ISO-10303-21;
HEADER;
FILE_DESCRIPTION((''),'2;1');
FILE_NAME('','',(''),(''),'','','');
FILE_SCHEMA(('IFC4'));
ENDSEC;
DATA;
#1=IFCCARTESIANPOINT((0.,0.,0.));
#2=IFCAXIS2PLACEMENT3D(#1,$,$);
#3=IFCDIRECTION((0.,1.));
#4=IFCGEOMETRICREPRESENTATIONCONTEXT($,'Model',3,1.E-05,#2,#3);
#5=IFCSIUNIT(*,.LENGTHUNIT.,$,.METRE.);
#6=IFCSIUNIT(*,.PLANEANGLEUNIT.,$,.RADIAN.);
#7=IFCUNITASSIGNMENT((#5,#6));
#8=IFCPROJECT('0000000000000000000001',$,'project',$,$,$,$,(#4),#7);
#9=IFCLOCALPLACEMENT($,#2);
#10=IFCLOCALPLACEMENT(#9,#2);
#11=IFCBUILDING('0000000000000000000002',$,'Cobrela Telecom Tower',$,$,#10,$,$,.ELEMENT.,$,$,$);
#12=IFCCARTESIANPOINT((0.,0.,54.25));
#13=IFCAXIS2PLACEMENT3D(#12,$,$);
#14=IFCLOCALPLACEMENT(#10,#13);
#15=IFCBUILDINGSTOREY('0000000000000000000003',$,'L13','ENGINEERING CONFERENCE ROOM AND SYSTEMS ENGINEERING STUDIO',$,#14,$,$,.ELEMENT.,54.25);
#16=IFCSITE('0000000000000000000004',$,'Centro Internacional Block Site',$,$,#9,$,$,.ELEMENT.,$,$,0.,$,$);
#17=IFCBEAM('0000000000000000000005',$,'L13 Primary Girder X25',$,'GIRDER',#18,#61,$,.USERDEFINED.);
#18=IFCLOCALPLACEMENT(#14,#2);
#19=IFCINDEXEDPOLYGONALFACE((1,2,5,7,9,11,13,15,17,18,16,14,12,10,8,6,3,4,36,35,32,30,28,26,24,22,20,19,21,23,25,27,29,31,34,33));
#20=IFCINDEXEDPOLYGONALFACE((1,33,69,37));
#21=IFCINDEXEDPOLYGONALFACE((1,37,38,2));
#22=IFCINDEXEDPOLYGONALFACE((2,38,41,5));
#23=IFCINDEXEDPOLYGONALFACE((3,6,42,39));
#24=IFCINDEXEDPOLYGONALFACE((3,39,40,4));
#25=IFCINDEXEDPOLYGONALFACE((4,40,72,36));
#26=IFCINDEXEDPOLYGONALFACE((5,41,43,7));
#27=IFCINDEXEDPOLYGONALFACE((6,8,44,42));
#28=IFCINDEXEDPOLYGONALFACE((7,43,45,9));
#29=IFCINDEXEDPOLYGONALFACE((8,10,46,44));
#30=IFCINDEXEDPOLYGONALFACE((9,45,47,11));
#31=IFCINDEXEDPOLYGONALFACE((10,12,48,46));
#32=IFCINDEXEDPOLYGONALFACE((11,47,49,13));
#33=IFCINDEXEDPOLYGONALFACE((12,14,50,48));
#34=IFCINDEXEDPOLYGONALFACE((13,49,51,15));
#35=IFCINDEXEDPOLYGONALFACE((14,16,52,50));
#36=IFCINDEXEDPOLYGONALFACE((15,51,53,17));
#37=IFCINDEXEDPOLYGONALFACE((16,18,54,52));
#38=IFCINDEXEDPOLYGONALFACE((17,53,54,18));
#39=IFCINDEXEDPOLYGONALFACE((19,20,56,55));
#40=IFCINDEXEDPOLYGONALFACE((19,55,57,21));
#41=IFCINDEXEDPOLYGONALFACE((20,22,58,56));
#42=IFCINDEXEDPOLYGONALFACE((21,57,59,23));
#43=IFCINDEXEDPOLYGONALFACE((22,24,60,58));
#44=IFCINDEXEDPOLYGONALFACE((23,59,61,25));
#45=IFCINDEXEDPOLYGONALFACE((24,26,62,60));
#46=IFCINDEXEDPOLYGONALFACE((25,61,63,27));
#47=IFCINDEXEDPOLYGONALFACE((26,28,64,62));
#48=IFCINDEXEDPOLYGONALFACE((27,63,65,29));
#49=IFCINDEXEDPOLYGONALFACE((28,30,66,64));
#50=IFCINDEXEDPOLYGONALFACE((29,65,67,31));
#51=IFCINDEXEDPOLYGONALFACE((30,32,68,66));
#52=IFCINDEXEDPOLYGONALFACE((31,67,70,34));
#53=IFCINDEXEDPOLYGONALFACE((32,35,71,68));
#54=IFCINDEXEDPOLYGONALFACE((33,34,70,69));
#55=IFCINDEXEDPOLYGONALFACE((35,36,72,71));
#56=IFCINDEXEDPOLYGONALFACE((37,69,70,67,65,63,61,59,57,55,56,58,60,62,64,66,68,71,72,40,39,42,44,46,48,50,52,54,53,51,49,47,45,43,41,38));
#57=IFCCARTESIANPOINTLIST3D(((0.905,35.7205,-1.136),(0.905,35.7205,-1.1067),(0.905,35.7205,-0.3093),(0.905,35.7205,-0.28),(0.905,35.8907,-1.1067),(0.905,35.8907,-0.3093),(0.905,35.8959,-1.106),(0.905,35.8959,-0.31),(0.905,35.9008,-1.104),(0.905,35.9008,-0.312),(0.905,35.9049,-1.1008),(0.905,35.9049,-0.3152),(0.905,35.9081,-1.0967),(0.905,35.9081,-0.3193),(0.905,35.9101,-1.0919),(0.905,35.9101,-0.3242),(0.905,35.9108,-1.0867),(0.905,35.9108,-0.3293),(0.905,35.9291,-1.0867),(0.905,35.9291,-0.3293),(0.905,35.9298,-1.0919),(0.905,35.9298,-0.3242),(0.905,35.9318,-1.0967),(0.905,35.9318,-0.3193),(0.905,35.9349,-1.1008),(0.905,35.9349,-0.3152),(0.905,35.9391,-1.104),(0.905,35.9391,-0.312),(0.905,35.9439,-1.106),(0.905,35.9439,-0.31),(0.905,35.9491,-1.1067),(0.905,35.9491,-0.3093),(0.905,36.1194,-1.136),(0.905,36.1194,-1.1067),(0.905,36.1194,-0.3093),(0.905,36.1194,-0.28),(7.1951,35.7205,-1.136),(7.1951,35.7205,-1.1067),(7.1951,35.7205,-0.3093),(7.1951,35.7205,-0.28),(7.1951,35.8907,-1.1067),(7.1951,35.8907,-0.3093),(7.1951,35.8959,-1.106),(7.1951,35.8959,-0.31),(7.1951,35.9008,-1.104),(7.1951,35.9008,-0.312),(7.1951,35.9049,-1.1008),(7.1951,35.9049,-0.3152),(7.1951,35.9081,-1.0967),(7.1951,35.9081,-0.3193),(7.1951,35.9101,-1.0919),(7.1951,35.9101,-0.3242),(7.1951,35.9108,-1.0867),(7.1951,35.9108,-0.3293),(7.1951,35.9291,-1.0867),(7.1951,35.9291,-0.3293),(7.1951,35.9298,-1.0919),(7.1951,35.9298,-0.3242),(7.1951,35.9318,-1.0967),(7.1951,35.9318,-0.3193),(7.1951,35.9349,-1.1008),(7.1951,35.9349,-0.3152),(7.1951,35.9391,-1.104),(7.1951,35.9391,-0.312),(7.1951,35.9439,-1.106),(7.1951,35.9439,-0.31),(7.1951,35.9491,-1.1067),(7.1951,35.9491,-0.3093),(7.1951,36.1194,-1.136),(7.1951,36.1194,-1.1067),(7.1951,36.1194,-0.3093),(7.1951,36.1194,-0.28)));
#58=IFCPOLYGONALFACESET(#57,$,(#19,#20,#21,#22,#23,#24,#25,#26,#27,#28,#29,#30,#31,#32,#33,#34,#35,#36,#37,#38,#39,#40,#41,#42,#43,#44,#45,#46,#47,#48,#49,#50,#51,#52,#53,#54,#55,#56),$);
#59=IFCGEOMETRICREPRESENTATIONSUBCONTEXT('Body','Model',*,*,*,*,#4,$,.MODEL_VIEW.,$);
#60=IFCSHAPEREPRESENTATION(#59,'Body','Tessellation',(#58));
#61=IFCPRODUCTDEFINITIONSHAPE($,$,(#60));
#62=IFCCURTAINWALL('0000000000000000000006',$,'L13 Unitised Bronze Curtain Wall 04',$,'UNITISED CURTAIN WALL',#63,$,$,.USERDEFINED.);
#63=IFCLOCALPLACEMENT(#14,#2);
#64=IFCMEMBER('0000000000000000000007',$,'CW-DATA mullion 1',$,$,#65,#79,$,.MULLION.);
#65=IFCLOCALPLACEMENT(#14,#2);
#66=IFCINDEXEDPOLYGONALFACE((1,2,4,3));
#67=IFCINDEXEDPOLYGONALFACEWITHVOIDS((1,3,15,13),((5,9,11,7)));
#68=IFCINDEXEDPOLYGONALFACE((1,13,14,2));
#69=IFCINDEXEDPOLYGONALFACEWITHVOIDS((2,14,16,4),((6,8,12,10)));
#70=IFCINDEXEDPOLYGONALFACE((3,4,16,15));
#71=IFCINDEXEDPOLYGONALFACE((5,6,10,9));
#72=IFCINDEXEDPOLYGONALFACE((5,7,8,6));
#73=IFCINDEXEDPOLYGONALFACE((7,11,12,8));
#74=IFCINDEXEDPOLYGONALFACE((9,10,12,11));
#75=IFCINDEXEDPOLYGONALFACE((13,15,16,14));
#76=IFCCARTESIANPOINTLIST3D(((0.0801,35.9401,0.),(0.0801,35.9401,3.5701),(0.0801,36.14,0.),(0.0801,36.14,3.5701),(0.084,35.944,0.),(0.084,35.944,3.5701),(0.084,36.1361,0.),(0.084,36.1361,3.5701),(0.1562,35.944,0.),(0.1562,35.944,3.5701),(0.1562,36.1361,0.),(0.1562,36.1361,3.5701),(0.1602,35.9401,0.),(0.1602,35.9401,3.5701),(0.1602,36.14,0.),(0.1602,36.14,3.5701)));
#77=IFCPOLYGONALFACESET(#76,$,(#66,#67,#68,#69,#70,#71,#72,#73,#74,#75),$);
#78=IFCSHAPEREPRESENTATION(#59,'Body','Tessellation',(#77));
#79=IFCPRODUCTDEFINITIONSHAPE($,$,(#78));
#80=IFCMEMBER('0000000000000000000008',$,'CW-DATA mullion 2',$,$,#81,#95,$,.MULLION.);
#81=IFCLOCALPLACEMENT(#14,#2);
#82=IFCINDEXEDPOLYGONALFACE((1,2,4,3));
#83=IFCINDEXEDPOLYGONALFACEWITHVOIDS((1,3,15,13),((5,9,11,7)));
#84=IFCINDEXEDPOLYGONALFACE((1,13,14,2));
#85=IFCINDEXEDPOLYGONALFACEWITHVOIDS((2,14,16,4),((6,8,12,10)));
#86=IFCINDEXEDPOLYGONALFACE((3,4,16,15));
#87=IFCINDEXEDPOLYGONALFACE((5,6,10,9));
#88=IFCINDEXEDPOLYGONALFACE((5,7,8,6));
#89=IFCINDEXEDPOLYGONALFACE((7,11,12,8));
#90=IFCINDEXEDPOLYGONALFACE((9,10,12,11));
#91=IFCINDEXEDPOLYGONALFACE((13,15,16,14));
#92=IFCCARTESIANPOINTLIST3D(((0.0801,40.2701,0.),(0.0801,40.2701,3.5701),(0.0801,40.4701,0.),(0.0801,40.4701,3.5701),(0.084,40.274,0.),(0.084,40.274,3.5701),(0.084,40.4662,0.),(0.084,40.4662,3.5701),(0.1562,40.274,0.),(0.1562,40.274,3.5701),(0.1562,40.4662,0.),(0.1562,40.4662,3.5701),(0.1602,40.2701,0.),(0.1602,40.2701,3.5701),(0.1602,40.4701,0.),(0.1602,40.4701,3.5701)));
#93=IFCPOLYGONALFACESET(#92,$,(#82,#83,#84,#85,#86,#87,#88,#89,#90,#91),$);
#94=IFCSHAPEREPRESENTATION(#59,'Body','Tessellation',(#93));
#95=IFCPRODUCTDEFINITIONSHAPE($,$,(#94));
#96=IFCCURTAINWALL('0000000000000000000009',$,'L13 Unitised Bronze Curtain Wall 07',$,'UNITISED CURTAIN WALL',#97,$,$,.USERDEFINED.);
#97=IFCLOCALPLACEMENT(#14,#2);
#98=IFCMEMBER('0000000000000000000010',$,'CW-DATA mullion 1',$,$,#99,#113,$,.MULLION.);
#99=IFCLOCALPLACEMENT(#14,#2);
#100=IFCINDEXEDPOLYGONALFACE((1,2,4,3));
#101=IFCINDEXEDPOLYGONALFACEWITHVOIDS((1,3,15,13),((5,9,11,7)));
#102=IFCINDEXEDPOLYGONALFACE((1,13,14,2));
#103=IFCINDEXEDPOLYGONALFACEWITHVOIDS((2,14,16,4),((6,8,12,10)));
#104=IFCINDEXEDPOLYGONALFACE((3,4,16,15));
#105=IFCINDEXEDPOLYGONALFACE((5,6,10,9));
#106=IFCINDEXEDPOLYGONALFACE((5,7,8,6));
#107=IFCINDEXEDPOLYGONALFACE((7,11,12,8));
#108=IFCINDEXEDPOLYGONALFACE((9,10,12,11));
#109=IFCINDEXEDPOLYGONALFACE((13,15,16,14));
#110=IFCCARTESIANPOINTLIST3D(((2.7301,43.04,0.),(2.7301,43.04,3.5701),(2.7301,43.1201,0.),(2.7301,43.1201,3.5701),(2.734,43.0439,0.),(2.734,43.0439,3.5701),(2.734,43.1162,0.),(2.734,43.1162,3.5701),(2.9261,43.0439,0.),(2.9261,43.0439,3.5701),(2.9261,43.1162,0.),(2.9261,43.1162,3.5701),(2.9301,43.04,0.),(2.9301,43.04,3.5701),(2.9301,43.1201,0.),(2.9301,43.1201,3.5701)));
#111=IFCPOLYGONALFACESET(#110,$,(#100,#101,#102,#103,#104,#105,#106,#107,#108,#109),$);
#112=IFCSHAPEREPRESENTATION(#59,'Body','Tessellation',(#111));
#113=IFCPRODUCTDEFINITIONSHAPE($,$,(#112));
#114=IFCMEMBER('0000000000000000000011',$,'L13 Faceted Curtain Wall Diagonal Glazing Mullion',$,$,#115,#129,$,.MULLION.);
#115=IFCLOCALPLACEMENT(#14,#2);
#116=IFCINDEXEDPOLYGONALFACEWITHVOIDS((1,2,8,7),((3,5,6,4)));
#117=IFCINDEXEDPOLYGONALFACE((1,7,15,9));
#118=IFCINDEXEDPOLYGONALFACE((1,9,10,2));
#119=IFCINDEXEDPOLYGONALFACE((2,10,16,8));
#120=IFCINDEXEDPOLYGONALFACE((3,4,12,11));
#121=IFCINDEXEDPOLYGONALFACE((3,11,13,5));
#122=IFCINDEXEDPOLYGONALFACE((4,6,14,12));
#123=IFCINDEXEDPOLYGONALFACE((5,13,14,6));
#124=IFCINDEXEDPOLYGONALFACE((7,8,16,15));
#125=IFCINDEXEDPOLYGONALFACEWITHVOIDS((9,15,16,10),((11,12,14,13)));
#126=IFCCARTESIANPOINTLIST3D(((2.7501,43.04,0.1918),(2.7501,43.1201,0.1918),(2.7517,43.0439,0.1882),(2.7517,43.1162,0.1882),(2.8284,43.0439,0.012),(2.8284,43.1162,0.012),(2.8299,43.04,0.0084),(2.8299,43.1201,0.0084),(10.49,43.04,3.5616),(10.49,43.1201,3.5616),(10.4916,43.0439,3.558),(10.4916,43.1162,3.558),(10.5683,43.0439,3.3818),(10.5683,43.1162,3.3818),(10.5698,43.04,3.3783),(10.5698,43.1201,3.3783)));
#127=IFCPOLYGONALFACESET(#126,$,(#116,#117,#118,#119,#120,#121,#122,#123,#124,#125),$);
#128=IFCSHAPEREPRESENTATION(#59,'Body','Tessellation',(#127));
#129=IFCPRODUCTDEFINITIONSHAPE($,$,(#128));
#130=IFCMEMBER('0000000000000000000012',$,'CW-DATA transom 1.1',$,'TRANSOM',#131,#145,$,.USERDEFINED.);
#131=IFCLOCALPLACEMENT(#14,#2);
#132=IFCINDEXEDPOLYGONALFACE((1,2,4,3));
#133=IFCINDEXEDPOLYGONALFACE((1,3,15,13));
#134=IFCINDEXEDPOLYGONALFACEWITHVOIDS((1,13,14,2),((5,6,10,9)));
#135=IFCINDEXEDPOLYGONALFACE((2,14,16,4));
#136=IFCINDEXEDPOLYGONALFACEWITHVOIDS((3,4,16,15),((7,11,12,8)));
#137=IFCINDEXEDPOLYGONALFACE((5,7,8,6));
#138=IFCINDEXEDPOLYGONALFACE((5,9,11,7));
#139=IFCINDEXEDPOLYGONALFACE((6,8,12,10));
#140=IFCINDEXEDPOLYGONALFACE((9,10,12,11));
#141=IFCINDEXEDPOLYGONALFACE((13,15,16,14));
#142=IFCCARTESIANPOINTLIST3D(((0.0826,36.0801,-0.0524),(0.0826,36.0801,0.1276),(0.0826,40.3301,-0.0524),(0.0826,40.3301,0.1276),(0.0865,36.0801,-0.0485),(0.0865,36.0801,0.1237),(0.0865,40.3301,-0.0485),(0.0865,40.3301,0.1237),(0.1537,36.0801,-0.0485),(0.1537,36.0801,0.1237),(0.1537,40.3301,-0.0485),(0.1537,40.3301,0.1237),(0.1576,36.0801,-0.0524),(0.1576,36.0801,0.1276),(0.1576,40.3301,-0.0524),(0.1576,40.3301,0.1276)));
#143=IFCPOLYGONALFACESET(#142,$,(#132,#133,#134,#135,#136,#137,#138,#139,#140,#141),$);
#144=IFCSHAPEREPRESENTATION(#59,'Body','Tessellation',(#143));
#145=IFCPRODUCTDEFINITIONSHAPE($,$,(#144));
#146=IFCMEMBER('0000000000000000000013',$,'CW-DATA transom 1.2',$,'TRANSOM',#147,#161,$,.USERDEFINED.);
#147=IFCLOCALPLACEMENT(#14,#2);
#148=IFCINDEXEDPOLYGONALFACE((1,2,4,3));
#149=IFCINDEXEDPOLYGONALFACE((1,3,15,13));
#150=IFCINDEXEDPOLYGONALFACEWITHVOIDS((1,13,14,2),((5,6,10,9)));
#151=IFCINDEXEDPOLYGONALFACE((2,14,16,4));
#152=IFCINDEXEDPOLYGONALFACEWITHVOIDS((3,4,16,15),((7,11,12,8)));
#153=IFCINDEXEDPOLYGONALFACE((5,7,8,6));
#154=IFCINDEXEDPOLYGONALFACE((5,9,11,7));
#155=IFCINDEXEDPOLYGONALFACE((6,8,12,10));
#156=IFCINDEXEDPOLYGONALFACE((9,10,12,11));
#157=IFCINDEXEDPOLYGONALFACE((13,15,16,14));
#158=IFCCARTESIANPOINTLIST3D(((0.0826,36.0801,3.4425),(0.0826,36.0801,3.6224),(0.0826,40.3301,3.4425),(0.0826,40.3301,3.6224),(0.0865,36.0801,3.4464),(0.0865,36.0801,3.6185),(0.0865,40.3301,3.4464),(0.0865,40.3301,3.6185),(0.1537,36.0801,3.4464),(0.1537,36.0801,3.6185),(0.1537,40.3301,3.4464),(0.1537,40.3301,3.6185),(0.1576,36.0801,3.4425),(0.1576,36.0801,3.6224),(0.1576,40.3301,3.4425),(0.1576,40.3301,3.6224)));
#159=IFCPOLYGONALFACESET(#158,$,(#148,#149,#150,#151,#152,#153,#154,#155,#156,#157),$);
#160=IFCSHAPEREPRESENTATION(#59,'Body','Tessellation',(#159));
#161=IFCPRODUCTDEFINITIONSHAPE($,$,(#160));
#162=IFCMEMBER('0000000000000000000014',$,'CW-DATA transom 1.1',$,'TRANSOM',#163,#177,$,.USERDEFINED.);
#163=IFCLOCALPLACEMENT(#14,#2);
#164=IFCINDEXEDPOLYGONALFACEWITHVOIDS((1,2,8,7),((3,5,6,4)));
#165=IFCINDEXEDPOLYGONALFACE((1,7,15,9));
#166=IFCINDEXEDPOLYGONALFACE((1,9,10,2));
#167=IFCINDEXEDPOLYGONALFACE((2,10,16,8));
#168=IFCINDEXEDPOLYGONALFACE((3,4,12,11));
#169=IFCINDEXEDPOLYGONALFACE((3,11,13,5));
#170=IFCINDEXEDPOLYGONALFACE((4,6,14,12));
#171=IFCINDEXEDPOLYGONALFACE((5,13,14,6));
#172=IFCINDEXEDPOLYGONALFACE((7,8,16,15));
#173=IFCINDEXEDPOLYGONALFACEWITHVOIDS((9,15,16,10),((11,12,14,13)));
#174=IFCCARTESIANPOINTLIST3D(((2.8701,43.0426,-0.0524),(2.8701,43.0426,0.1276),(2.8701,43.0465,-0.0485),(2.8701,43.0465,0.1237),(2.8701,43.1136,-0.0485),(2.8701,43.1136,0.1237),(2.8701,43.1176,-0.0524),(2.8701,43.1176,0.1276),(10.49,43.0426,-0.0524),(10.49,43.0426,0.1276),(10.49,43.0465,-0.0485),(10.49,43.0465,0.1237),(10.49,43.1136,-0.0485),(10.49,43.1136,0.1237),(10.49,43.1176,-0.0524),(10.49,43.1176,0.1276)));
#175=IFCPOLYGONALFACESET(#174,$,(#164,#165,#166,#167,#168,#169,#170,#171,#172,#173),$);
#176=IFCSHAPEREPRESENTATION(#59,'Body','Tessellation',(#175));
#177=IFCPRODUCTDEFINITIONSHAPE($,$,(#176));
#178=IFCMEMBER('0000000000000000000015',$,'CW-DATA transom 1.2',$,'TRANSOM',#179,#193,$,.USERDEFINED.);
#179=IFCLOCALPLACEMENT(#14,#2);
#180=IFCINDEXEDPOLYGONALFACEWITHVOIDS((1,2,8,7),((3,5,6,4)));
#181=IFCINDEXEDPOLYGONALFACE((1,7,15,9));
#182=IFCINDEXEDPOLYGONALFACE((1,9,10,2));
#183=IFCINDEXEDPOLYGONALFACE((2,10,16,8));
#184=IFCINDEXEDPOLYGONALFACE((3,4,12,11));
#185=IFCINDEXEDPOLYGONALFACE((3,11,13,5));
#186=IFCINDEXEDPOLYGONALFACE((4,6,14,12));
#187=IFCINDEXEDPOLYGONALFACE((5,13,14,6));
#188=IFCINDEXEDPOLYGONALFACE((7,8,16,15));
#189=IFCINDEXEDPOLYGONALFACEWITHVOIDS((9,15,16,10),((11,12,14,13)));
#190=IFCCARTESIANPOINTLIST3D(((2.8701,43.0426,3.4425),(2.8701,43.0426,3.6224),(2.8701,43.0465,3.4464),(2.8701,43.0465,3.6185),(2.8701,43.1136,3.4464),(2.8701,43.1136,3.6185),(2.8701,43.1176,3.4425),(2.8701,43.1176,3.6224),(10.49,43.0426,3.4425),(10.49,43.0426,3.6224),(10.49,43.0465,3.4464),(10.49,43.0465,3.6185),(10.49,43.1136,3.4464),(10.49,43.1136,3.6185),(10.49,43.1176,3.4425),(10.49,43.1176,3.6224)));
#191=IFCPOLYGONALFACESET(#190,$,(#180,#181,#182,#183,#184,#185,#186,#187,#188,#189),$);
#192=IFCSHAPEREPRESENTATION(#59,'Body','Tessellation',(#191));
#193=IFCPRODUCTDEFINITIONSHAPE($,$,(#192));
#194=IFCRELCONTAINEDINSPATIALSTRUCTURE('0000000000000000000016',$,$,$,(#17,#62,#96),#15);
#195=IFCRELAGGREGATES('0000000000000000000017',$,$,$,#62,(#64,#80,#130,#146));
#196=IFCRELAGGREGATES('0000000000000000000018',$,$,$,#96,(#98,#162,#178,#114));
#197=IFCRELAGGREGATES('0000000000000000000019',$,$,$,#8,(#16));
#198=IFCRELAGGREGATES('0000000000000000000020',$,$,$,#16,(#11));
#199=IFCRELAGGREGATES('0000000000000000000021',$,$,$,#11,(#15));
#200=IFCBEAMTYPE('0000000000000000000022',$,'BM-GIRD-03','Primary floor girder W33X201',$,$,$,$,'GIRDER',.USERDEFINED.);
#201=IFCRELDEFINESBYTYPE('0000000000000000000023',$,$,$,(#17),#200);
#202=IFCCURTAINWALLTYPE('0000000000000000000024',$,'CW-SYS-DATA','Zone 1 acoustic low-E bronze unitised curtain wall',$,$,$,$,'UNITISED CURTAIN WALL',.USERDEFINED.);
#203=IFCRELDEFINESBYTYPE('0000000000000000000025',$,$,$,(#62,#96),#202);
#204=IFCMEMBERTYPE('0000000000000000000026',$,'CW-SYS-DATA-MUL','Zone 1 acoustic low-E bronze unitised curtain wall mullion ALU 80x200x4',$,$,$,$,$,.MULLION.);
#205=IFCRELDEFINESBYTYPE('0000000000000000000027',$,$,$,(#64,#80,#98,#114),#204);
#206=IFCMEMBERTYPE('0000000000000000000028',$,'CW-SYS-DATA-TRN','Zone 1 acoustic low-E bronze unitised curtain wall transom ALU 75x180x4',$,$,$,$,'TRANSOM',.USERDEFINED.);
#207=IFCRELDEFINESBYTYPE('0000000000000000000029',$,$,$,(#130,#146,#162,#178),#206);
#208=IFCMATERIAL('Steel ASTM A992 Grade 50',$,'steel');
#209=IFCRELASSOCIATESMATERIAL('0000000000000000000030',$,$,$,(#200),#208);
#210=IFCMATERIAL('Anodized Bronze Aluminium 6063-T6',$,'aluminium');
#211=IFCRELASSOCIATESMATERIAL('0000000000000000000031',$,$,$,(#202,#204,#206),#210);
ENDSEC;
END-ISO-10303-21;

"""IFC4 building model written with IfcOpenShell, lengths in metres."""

from ifc_helpers import new_model, si_unit, direction, frame, origin, origin_2d, place, context, subcontext, project, spatial, hollow_rectangle, i_section, extrude, material, material_profile, profile_set, type_object, element, aggregate, save


model = new_model("IFC4")

# Units and contexts
model_context = context("Model", 3, precision=1e-05, world=origin(), true_north=direction((0.0, 1.0)))
body_context = subcontext(model_context, "Body", "Model", "MODEL_VIEW")
ifc_project = project(units=[si_unit("LENGTHUNIT", "METRE"), si_unit("PLANEANGLEUNIT", "RADIAN")], contexts=[model_context])

# Site, building, storey
site_placement = place(None, origin())
site = spatial("IfcSite", under=ifc_project, at=site_placement, Name="Centro Internacional Block Site", CompositionType="ELEMENT", RefElevation=0.0)
building_placement = place(site_placement, origin())
building = spatial("IfcBuilding", under=site, at=building_placement, Name="Cobrela Telecom Tower", CompositionType="ELEMENT")
storey_placement = place(building_placement, frame((0.0, 0.0, 54.25)))
storey = spatial("IfcBuildingStorey", under=building, at=storey_placement, Name="L13", Description="ENGINEERING CONFERENCE ROOM AND SYSTEMS ENGINEERING STUDIO", CompositionType="ELEMENT", Elevation=54.25)

# Beam
ifc_material_1 = material(Name="Steel ASTM A992 Grade 50", Category="steel")
ifc_material_profile_1 = material_profile(ifc_material_1, i_section(OverallWidth=0.3989, OverallDepth=0.856, WebThickness=0.0183, FlangeThickness=0.0293, FilletRadius=0.02, at=origin_2d()), Name="W33X201")
ifc_profile_set_1 = profile_set([ifc_material_profile_1], Name="Steel ASTM A992 Grade 50")
beam_type = type_object("IfcBeamType", Name="BM-GIRD-03", Description="Primary floor girder W33X201", ElementType="GIRDER", PredefinedType="USERDEFINED", material=ifc_profile_set_1)
beam_placement = place(storey_placement, frame((0.905, 35.9199, -0.708), z_axis=(1.0, 0.0, 0.0), x_axis=(0.0, 1.0, 0.0)))
element("IfcBeam", 1, at=beam_placement, inside=storey, type_object=beam_type, Name="L13 Primary Girder X25", ObjectType="GIRDER", PredefinedType="USERDEFINED", context=body_context, shape_type="SweptSolid", body=[
    extrude(i_section(OverallWidth=0.3989, OverallDepth=0.856, WebThickness=0.0183, FlangeThickness=0.0293, FilletRadius=0.02, at=origin_2d()), origin(), (0.0, 0.0, 1.0), 6.29),
])

# Curtain walls, members
ifc_material_2 = material(Name="Anodized Bronze Aluminium 6063-T6", Category="aluminium")
curtain_wall_type = type_object("IfcCurtainWallType", Name="CW-SYS-DATA", Description="Zone 1 acoustic low-E bronze unitised curtain wall", ElementType="UNITISED CURTAIN WALL", PredefinedType="USERDEFINED", material=ifc_material_2)
curtain_wall_1_placement = place(storey_placement, origin())
curtain_wall_1 = element("IfcCurtainWall", 2, at=curtain_wall_1_placement, inside=storey, type_object=curtain_wall_type, Name="L13 Unitised Bronze Curtain Wall 04", ObjectType="UNITISED CURTAIN WALL", PredefinedType="USERDEFINED")
ifc_material_profile_2 = material_profile(ifc_material_2, hollow_rectangle(XDim=0.0801, YDim=0.2, WallThickness=0.0039, at=origin_2d()), Name="ALU 80x200x4")
ifc_profile_set_2 = profile_set([ifc_material_profile_2], Name="Anodized Bronze Aluminium 6063-T6")
member_type_1 = type_object("IfcMemberType", Name="CW-SYS-DATA-MUL", Description="Zone 1 acoustic low-E bronze unitised curtain wall mullion ALU 80x200x4", PredefinedType="MULLION", material=ifc_profile_set_2)
member_1_placement = place(storey_placement, frame((0.1201, 36.04, 0.0), z_axis=(0.0, 0.0, 1.0), x_axis=(-1.0, 0.0, 0.0)))
member_1 = element("IfcMember", 3, at=member_1_placement, type_object=member_type_1, Name="CW-DATA mullion 1", PredefinedType="MULLION", context=body_context, shape_type="SweptSolid", body=[
    extrude(hollow_rectangle(XDim=0.0801, YDim=0.2, WallThickness=0.0039, at=origin_2d()), origin(), (0.0, 0.0, 1.0), 3.5701),
])
member_2_placement = place(storey_placement, frame((0.1201, 40.3701, 0.0), z_axis=(0.0, 0.0, 1.0), x_axis=(-1.0, 0.0, 0.0)))
member_2 = element("IfcMember", 4, at=member_2_placement, type_object=member_type_1, Name="CW-DATA mullion 2", PredefinedType="MULLION", context=body_context, shape_type="SweptSolid", body=[
    extrude(hollow_rectangle(XDim=0.0801, YDim=0.2, WallThickness=0.0039, at=origin_2d()), origin(), (0.0, 0.0, 1.0), 3.5701),
])
curtain_wall_2_placement = place(storey_placement, origin())
curtain_wall_2 = element("IfcCurtainWall", 5, at=curtain_wall_2_placement, inside=storey, type_object=curtain_wall_type, Name="L13 Unitised Bronze Curtain Wall 07", ObjectType="UNITISED CURTAIN WALL", PredefinedType="USERDEFINED")
member_3_placement = place(storey_placement, frame((2.8301, 43.0801, 0.0), z_axis=(0.0, 0.0, 1.0), x_axis=(0.0, 1.0, 0.0)))
member_3 = element("IfcMember", 6, at=member_3_placement, type_object=member_type_1, Name="CW-DATA mullion 1", PredefinedType="MULLION", context=body_context, shape_type="SweptSolid", body=[
    extrude(hollow_rectangle(XDim=0.0801, YDim=0.2, WallThickness=0.0039, at=origin_2d()), origin(), (0.0, 0.0, 1.0), 3.5701),
])
member_4_placement = place(storey_placement, frame((2.79, 43.0801, 0.1001), z_axis=(0.916868, 0.0, 0.39919), x_axis=(0.0, 1.0, 0.0)))
member_4 = element("IfcMember", 7, at=member_4_placement, type_object=member_type_1, Name="L13 Faceted Curtain Wall Diagonal Glazing Mullion", PredefinedType="MULLION", context=body_context, shape_type="SweptSolid", body=[
    extrude(hollow_rectangle(XDim=0.0801, YDim=0.2, WallThickness=0.0039, at=origin_2d()), origin(), (0.0, 0.0, 1.0), 8.4417),
])

# Members
ifc_material_profile_3 = material_profile(ifc_material_2, hollow_rectangle(XDim=0.075, YDim=0.1799, WallThickness=0.0039, at=origin_2d()), Name="ALU 75x180x4")
ifc_profile_set_3 = profile_set([ifc_material_profile_3], Name="Anodized Bronze Aluminium 6063-T6")
member_type_2 = type_object("IfcMemberType", Name="CW-SYS-DATA-TRN", Description="Zone 1 acoustic low-E bronze unitised curtain wall transom ALU 75x180x4", ElementType="TRANSOM", PredefinedType="USERDEFINED", material=ifc_profile_set_3)
member_5_placement = place(storey_placement, frame((0.1201, 36.0801, 0.0376), z_axis=(0.0, 1.0, 0.0), x_axis=(-1.0, 0.0, 0.0)))
member_5 = element("IfcMember", 8, at=member_5_placement, type_object=member_type_2, Name="CW-DATA transom 1.1", ObjectType="TRANSOM", PredefinedType="USERDEFINED", context=body_context, shape_type="SweptSolid", body=[
    extrude(hollow_rectangle(XDim=0.075, YDim=0.1799, WallThickness=0.0039, at=origin_2d()), origin(), (0.0, 0.0, 1.0), 4.25),
])
member_6_placement = place(storey_placement, frame((0.1201, 36.0801, 3.5325), z_axis=(0.0, 1.0, 0.0), x_axis=(-1.0, 0.0, 0.0)))
member_6 = element("IfcMember", 9, at=member_6_placement, type_object=member_type_2, Name="CW-DATA transom 1.2", ObjectType="TRANSOM", PredefinedType="USERDEFINED", context=body_context, shape_type="SweptSolid", body=[
    extrude(hollow_rectangle(XDim=0.075, YDim=0.1799, WallThickness=0.0039, at=origin_2d()), origin(), (0.0, 0.0, 1.0), 4.25),
])
member_7_placement = place(storey_placement, frame((2.8701, 43.0801, 0.0376), z_axis=(1.0, 0.0, 0.0), x_axis=(0.0, 1.0, 0.0)))
member_7 = element("IfcMember", 10, at=member_7_placement, type_object=member_type_2, Name="CW-DATA transom 1.1", ObjectType="TRANSOM", PredefinedType="USERDEFINED", context=body_context, shape_type="SweptSolid", body=[
    extrude(hollow_rectangle(XDim=0.075, YDim=0.1799, WallThickness=0.0039, at=origin_2d()), origin(), (0.0, 0.0, 1.0), 7.6199),
])
member_8_placement = place(storey_placement, frame((2.8701, 43.0801, 3.5325), z_axis=(1.0, 0.0, 0.0), x_axis=(0.0, 1.0, 0.0)))
member_8 = element("IfcMember", 11, at=member_8_placement, type_object=member_type_2, Name="CW-DATA transom 1.2", ObjectType="TRANSOM", PredefinedType="USERDEFINED", context=body_context, shape_type="SweptSolid", body=[
    extrude(hollow_rectangle(XDim=0.075, YDim=0.1799, WallThickness=0.0039, at=origin_2d()), origin(), (0.0, 0.0, 1.0), 7.6199),
])

aggregate(curtain_wall_1, [member_1, member_2, member_5, member_6])
aggregate(curtain_wall_2, [member_3, member_7, member_8, member_4])

save(model, "model.ifc")
